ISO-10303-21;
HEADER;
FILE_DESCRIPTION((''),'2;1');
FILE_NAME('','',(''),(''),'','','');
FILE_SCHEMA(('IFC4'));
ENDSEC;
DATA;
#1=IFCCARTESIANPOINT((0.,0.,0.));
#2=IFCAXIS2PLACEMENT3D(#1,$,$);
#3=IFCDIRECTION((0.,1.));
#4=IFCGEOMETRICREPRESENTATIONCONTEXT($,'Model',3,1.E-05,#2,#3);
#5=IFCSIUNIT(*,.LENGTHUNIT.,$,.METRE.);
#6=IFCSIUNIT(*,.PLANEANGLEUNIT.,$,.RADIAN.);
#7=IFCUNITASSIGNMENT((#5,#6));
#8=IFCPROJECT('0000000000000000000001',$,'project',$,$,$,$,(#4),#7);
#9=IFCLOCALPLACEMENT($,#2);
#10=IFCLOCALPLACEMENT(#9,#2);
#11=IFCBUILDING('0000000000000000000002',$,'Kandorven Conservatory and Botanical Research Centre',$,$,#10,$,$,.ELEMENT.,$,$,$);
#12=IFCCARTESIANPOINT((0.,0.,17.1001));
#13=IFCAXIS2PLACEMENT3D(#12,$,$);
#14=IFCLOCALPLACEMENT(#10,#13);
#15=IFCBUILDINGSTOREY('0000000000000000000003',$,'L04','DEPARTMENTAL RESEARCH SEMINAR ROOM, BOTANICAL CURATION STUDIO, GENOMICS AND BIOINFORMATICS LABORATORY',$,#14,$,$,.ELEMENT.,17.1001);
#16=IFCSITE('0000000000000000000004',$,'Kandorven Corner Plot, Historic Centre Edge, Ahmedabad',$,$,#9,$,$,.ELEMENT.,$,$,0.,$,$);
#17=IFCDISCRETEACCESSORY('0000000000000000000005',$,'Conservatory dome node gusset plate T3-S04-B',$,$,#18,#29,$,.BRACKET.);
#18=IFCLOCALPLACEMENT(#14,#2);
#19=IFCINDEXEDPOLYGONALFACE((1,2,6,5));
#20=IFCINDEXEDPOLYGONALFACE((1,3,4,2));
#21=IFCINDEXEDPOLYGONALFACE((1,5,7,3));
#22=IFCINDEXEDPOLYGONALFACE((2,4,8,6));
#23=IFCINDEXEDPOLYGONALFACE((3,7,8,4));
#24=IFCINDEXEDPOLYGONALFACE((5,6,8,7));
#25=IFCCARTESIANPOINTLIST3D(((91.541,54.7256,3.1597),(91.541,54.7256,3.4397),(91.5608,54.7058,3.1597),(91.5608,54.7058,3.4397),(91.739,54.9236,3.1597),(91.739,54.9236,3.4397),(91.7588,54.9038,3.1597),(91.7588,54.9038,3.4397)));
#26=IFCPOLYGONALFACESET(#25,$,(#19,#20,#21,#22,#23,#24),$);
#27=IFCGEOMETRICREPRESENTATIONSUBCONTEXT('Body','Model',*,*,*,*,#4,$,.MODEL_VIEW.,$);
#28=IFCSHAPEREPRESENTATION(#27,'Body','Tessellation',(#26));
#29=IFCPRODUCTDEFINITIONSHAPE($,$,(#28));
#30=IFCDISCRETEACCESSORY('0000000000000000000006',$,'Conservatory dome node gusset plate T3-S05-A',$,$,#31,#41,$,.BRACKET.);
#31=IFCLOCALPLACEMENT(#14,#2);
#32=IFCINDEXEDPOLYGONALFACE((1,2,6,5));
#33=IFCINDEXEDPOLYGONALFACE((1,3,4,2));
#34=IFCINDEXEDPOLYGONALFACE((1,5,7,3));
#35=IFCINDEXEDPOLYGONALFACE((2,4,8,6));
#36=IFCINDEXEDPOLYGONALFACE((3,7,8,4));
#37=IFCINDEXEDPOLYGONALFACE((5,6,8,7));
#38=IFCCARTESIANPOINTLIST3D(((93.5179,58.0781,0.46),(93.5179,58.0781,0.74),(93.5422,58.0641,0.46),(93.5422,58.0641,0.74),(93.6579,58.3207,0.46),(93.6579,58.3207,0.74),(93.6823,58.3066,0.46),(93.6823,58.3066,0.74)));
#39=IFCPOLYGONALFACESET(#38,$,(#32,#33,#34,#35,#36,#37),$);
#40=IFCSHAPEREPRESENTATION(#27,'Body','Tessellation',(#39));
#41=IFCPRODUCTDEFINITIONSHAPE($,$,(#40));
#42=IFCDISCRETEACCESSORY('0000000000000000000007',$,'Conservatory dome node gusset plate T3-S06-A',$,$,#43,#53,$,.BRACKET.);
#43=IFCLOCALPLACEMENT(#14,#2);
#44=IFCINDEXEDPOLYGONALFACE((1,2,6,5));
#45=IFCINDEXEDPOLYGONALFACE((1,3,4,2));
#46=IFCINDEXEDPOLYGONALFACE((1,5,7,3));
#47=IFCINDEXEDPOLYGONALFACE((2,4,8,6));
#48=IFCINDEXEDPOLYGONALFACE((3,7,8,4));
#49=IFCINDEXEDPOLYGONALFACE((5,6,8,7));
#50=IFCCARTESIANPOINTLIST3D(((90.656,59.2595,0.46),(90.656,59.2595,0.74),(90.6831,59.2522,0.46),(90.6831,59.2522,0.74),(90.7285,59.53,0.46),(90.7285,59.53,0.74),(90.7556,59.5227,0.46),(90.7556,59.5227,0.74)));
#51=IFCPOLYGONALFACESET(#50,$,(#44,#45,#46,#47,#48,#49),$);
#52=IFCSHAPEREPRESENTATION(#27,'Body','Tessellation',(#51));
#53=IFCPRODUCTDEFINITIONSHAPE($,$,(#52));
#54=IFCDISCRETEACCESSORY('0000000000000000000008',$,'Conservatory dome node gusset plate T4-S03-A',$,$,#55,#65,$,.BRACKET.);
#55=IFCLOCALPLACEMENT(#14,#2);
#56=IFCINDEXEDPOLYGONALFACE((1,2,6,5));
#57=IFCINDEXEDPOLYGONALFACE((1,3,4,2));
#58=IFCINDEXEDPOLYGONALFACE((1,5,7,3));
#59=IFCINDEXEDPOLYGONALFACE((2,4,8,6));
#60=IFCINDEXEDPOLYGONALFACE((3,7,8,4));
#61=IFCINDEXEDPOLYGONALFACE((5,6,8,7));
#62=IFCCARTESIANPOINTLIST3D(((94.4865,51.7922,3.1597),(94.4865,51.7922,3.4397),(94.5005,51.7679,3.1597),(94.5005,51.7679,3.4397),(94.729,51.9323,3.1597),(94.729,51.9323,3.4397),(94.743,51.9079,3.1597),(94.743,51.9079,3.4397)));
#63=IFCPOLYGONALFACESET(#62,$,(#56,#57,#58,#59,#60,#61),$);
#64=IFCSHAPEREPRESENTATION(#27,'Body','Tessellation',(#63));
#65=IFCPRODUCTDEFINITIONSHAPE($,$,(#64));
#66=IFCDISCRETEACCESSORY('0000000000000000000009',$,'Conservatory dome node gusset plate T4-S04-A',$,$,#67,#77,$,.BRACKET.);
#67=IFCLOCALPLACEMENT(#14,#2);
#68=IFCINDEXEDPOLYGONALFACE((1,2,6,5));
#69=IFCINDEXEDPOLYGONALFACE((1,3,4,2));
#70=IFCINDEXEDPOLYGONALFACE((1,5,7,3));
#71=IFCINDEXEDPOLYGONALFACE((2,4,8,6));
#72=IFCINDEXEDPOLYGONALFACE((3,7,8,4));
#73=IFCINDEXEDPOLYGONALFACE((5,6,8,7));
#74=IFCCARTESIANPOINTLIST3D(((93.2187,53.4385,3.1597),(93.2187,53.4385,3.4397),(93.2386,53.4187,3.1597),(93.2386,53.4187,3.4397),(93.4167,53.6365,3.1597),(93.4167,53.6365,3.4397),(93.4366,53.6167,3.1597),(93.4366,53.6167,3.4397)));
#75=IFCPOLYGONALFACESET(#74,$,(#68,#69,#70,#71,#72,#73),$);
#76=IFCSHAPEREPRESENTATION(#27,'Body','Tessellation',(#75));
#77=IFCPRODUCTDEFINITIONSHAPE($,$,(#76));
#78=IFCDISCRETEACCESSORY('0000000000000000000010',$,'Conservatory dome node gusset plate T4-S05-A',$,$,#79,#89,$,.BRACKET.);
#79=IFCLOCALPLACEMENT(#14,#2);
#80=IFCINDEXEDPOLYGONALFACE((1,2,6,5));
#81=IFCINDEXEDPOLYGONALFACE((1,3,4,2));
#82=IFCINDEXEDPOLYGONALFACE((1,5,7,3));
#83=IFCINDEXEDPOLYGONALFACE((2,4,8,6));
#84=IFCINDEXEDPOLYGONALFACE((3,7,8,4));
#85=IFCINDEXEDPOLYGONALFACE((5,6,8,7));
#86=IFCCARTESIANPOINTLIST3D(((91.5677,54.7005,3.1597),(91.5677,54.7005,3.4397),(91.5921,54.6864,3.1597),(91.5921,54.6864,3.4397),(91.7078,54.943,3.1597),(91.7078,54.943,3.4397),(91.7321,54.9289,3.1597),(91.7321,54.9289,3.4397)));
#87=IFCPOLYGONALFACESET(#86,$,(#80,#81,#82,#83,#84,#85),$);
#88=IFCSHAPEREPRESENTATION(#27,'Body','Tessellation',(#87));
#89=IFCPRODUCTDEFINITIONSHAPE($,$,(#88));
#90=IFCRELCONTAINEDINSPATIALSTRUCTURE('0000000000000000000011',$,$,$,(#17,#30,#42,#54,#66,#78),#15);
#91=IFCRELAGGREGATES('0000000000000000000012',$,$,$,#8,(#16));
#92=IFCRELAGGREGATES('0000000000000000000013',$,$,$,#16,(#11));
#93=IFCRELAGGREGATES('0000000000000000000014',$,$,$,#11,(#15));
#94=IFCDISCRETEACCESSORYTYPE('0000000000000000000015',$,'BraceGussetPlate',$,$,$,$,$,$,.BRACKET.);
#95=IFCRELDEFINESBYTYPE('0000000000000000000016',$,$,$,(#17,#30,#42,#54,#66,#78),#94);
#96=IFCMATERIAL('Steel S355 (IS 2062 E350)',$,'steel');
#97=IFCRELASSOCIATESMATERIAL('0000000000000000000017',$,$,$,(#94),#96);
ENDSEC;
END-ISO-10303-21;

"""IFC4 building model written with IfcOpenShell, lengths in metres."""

from ifc_helpers import new_model, si_unit, direction, frame, origin, origin_2d, place, context, subcontext, project, spatial, rectangle, extrude, material, type_object, element, save


model = new_model("IFC4")

# Units and contexts
model_context = context("Model", 3, precision=1e-05, world=origin(), true_north=direction((0.0, 1.0)))
body_context = subcontext(model_context, "Body", "Model", "MODEL_VIEW")
ifc_project = project(units=[si_unit("LENGTHUNIT", "METRE"), si_unit("PLANEANGLEUNIT", "RADIAN")], contexts=[model_context])

# Site, building, storey
site_placement = place(None, origin())
site = spatial("IfcSite", under=ifc_project, at=site_placement, Name="Kandorven Corner Plot, Historic Centre Edge, Ahmedabad", CompositionType="ELEMENT", RefElevation=0.0)
building_placement = place(site_placement, origin())
building = spatial("IfcBuilding", under=site, at=building_placement, Name="Kandorven Conservatory and Botanical Research Centre", CompositionType="ELEMENT")
storey_placement = place(building_placement, frame((0.0, 0.0, 17.1001)))
storey = spatial("IfcBuildingStorey", under=building, at=storey_placement, Name="L04", Description="DEPARTMENTAL RESEARCH SEMINAR ROOM, BOTANICAL CURATION STUDIO, GENOMICS AND BIOINFORMATICS LABORATORY", CompositionType="ELEMENT", Elevation=17.1001)

# Discrete accessories
ifc_material_1 = material(Name="Steel S355 (IS 2062 E350)", Category="steel")
discrete_accessory_type = type_object("IfcDiscreteAccessoryType", Name="BraceGussetPlate", PredefinedType="BRACKET", material=ifc_material_1)
for number, where, z_axis, x_axis, name in (
    (1, (91.6499, 54.8147, 3.1597), (0.0, 0.0, 1.0), (0.707107, 0.707107, 0.0), "Conservatory dome node gusset plate T3-S04-B"),
    (2, (93.6001, 58.1924, 0.46), (0.0, 0.0, 1.0), (0.5, 0.866025, 0.0), "Conservatory dome node gusset plate T3-S05-A"),
    (3, (90.7058, 59.3911, 0.46), (0.0, 0.0, 1.0), (0.258819, 0.965926, 0.0), "Conservatory dome node gusset plate T3-S06-A"),
    (4, (94.6147, 51.8501, 3.1597), (0.0, 0.0, 1.0), (0.866025, 0.5, 0.0), "Conservatory dome node gusset plate T4-S03-A"),
    (5, (93.3276, 53.5276, 3.1597), (0.0, 0.0, 1.0), (0.707107, 0.707107, 0.0), "Conservatory dome node gusset plate T4-S04-A"),
    (6, (91.6499, 54.8147, 3.1597), (0.0, 0.0, 1.0), (0.5, 0.866025, 0.0), "Conservatory dome node gusset plate T4-S05-A"),
):
    element("IfcDiscreteAccessory", number, at=place(storey_placement, frame(where, z_axis=z_axis, x_axis=x_axis)), inside=storey, type_object=discrete_accessory_type, Name=name, PredefinedType="BRACKET", context=body_context, shape_type="SweptSolid", body=[
        extrude(rectangle(XDim=0.28, YDim=0.0281, at=origin_2d()), origin(), (0.0, 0.0, 1.0), 0.28),
    ])

save(model, "model.ifc")
